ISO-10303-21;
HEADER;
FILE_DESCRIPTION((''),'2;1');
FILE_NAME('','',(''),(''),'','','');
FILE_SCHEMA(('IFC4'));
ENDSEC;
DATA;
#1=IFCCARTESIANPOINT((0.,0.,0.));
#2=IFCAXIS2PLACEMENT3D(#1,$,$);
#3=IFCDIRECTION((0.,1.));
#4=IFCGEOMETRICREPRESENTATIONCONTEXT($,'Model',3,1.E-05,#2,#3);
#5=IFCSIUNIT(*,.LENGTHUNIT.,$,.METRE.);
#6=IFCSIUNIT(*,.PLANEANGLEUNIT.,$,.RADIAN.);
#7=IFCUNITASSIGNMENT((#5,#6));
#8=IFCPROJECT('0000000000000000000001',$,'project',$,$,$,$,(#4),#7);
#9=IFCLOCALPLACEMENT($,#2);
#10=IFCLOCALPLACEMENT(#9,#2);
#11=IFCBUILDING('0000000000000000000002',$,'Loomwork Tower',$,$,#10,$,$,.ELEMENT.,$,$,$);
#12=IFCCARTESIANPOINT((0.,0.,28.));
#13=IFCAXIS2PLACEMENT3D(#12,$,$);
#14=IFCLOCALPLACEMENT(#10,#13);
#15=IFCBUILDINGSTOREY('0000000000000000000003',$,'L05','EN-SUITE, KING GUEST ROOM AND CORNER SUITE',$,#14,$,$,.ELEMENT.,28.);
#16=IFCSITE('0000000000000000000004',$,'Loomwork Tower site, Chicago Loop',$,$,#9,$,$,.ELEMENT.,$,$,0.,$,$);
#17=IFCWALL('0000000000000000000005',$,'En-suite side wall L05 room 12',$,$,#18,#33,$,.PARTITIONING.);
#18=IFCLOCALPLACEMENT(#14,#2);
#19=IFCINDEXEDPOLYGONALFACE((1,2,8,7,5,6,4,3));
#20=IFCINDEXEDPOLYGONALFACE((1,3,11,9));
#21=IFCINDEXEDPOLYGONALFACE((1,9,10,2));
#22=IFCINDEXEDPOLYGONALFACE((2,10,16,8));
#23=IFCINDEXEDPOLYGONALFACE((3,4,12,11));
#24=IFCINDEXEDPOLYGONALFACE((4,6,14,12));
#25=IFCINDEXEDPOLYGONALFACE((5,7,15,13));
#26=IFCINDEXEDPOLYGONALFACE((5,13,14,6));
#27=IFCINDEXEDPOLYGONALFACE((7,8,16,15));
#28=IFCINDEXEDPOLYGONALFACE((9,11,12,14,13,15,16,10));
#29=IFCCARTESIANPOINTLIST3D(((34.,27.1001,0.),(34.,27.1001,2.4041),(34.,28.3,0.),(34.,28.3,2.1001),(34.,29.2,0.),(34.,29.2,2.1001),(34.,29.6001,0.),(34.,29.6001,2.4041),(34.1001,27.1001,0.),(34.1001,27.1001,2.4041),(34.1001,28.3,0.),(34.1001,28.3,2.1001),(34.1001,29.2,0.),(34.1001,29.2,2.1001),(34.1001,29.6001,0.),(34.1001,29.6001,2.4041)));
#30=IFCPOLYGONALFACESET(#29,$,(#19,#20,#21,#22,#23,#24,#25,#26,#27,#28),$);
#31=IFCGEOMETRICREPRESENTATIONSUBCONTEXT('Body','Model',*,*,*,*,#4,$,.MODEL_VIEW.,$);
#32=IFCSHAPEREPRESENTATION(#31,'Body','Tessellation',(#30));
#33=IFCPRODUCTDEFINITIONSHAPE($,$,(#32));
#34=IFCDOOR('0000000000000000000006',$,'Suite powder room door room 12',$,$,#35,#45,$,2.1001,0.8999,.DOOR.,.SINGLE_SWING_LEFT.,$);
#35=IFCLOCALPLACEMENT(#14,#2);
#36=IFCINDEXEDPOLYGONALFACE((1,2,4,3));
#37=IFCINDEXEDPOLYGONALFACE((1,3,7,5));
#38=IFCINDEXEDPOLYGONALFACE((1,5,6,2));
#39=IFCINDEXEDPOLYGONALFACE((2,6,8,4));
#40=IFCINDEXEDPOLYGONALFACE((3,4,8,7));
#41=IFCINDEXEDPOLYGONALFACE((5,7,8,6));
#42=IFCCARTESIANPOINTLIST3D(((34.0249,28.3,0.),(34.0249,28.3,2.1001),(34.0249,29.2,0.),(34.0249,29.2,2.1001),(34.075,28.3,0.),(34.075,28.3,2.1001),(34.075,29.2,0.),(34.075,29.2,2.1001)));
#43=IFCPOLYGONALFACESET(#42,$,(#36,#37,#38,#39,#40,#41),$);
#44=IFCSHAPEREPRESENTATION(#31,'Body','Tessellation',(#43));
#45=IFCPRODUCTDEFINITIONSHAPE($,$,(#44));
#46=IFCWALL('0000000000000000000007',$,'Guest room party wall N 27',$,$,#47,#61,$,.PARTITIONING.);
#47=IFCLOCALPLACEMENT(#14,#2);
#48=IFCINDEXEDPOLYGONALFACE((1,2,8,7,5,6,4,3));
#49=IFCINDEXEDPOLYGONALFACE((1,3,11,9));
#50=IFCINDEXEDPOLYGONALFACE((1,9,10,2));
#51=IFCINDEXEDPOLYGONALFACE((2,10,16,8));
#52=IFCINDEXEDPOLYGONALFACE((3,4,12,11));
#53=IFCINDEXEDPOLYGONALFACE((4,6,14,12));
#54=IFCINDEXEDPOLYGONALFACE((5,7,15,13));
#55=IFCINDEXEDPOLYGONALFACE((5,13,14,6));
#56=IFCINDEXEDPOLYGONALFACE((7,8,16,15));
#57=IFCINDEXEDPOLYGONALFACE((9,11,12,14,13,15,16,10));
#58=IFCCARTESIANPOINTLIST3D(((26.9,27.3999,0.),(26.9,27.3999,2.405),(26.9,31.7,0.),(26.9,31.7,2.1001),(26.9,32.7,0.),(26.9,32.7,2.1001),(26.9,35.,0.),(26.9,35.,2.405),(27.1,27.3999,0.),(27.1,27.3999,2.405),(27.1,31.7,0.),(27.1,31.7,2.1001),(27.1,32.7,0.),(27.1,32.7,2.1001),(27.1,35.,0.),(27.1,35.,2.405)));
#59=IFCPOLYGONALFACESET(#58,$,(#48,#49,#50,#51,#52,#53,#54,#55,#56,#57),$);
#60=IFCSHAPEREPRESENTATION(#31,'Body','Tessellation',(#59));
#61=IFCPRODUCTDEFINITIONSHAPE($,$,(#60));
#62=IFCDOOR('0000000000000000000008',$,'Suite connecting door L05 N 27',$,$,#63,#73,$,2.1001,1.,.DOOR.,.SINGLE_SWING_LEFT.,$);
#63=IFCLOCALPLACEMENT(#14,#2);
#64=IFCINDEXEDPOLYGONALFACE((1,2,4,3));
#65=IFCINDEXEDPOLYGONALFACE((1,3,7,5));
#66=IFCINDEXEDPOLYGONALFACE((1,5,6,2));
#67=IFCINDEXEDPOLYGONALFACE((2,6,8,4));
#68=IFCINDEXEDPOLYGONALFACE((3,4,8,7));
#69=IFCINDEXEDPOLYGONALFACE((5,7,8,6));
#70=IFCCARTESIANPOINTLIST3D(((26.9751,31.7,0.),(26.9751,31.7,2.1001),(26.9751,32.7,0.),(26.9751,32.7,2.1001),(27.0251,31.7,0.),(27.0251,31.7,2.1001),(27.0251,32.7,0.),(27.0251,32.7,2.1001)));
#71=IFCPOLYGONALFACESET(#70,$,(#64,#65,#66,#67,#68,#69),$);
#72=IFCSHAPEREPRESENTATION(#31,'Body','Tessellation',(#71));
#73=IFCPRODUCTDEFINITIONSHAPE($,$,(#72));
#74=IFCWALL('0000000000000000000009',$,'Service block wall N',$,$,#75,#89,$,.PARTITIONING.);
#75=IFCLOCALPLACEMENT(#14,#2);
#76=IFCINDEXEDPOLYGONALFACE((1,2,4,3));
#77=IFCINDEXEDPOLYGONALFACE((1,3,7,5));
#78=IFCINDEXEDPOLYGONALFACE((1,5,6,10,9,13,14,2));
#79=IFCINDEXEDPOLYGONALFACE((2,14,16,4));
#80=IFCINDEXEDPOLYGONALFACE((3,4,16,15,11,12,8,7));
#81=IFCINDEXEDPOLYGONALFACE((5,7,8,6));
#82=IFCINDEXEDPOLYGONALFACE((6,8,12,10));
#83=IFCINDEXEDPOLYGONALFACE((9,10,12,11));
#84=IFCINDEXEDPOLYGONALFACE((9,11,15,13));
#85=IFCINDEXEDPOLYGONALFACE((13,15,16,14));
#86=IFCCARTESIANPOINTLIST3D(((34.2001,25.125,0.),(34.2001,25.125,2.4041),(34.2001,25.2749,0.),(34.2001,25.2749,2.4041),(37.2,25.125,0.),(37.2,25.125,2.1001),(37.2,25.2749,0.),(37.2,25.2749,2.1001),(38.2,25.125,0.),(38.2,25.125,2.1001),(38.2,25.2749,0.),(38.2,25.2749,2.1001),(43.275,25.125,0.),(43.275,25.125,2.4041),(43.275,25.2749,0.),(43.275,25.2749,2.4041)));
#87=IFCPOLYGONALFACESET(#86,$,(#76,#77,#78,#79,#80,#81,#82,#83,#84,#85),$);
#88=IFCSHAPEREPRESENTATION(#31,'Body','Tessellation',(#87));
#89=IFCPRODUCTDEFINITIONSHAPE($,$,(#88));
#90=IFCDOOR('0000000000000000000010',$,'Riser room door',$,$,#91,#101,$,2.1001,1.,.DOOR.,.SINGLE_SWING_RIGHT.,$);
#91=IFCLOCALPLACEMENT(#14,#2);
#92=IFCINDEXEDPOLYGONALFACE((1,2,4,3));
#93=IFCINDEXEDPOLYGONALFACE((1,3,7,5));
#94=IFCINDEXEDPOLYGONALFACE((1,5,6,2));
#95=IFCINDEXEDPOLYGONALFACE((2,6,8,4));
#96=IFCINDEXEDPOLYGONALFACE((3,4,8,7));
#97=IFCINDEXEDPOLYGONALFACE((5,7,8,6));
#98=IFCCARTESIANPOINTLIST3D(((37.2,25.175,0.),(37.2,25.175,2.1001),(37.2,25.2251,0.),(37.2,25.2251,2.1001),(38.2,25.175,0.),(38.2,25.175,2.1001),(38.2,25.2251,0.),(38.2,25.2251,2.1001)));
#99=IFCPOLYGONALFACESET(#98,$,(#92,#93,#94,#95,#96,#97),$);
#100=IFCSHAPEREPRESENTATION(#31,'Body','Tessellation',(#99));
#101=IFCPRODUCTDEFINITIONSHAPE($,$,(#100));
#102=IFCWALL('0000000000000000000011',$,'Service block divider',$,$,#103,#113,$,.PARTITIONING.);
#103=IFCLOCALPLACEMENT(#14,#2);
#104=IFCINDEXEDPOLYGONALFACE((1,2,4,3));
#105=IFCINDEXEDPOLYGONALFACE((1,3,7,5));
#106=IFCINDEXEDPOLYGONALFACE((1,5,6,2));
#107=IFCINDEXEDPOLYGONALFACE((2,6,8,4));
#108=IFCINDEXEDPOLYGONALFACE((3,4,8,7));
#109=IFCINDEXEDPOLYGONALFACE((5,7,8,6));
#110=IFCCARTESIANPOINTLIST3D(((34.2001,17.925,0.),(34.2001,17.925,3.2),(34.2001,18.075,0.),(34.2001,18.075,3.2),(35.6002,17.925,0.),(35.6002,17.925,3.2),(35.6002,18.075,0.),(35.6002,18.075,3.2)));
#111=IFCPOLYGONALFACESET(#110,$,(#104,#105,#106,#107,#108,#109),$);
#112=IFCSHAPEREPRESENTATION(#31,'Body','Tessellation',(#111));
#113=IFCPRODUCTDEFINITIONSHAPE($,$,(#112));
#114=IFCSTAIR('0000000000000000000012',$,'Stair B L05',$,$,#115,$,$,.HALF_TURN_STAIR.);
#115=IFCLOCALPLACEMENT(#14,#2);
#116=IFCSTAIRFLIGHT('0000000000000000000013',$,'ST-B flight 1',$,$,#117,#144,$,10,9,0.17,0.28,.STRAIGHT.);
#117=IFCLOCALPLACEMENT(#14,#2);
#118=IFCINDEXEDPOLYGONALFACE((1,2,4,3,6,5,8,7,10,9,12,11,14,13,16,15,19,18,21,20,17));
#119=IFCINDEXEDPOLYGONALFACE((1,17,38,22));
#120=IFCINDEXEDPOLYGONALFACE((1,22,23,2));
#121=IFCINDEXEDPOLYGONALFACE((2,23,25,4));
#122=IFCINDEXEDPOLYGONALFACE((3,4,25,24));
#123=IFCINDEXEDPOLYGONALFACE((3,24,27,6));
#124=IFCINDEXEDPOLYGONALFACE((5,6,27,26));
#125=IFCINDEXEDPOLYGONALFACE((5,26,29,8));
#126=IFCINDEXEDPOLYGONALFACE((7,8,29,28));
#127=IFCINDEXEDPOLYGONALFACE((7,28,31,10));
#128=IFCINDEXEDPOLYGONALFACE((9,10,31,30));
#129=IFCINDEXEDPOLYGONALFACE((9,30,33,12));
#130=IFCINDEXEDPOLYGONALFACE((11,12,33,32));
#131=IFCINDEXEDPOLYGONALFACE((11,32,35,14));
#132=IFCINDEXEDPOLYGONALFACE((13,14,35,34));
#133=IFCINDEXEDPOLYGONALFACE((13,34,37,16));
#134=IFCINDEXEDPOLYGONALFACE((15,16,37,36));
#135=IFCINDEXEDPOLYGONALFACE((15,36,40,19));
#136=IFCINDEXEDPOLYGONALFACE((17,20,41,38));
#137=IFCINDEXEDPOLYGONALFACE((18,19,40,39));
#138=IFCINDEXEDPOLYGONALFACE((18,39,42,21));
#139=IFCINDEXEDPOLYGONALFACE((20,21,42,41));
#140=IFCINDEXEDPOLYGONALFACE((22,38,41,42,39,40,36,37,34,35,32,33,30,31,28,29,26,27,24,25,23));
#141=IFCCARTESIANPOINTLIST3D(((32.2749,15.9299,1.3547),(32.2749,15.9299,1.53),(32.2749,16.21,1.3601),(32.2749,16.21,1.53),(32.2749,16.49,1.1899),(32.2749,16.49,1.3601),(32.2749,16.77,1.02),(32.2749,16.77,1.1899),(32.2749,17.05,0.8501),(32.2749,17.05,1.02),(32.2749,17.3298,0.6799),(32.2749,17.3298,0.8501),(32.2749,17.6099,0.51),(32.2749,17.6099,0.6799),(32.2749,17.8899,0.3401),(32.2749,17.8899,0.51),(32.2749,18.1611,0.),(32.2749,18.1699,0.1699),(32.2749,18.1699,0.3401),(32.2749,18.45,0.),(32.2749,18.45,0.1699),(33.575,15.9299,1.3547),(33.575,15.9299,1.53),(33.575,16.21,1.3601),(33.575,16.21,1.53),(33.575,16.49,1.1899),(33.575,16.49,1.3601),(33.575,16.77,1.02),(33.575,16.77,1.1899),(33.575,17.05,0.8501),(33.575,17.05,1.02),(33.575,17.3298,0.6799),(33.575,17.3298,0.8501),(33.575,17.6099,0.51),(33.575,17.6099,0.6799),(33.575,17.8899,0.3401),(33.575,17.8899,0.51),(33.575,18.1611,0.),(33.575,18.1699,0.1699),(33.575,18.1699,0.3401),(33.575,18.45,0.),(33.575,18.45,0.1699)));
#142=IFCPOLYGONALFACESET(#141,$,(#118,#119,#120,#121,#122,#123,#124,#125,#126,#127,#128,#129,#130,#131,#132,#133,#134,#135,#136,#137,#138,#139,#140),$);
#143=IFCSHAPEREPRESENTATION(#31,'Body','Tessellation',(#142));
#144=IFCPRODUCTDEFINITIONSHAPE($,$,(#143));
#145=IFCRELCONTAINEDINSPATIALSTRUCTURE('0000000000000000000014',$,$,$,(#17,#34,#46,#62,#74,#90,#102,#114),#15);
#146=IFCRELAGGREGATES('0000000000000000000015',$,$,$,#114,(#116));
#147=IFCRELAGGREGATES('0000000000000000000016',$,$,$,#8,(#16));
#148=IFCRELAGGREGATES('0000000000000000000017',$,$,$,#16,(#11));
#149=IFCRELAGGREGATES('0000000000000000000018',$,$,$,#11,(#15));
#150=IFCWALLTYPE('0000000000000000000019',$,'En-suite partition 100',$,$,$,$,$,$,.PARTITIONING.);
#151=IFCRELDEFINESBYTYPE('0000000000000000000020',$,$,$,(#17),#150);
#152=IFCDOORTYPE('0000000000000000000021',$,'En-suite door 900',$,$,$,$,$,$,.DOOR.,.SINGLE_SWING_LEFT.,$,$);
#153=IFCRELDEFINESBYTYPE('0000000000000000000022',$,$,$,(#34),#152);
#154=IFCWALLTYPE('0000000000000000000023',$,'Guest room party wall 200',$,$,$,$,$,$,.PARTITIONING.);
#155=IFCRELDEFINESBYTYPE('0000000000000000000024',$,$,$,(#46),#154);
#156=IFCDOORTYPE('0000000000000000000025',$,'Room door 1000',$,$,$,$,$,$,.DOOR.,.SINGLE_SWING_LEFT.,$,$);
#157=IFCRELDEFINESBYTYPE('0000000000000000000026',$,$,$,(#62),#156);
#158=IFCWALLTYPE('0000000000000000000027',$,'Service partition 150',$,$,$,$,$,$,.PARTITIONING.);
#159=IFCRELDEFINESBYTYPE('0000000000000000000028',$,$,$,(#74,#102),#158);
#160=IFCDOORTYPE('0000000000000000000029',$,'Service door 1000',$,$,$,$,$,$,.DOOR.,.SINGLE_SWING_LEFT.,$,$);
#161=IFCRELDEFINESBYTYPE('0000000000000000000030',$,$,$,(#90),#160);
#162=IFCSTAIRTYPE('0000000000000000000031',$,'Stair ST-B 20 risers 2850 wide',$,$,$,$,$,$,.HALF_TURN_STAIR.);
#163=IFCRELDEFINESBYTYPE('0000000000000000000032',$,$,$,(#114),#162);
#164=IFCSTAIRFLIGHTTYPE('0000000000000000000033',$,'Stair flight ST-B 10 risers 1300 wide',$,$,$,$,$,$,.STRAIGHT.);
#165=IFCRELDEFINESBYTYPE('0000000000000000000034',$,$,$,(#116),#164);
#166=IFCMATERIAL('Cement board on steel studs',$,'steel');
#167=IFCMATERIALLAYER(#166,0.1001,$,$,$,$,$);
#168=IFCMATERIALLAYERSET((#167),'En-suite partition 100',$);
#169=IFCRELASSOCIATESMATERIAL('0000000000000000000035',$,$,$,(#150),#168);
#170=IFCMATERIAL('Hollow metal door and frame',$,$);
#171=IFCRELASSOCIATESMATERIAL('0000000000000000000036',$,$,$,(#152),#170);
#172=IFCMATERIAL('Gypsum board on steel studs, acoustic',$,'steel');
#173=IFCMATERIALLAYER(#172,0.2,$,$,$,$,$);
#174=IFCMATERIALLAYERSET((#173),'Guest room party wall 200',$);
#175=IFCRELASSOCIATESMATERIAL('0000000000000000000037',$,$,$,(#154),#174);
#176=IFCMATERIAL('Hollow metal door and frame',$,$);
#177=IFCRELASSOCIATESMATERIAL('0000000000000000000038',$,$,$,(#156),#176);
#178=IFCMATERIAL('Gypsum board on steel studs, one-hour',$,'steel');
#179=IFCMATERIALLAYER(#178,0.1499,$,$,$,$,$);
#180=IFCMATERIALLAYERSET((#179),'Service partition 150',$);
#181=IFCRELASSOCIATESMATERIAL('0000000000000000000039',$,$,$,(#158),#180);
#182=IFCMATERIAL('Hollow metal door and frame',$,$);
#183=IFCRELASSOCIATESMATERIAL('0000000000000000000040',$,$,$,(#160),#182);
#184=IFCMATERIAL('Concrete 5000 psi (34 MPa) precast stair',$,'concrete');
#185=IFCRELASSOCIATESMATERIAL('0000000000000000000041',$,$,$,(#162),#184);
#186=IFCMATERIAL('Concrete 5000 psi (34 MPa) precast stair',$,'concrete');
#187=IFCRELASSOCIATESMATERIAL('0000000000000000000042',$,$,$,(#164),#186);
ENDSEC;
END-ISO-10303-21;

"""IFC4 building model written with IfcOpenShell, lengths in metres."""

from ifc_helpers import new_model, si_unit, direction, frame, frame_2d, origin, place, context, subcontext, project, spatial, polyline, rectangle, outline, extrude, material, layer, layer_set, type_object, element, fill, aggregate, save


model = new_model("IFC4")

# Units and contexts
model_context = context("Model", 3, precision=1e-05, world=origin(), true_north=direction((0.0, 1.0)))
body_context = subcontext(model_context, "Body", "Model", "MODEL_VIEW")
ifc_project = project(units=[si_unit("LENGTHUNIT", "METRE"), si_unit("PLANEANGLEUNIT", "RADIAN")], contexts=[model_context])

# Site, building, storey
site_placement = place(None, origin())
site = spatial("IfcSite", under=ifc_project, at=site_placement, Name="Loomwork Tower site, Chicago Loop", CompositionType="ELEMENT", RefElevation=0.0)
building_placement = place(site_placement, origin())
building = spatial("IfcBuilding", under=site, at=building_placement, Name="Loomwork Tower", CompositionType="ELEMENT")
storey_placement = place(building_placement, frame((0.0, 0.0, 28.0)))
storey = spatial("IfcBuildingStorey", under=building, at=storey_placement, Name="L05", Description="EN-SUITE, KING GUEST ROOM AND CORNER SUITE", CompositionType="ELEMENT", Elevation=28.0)

# Walls, openings, doors
ifc_material_1 = material(Name="Cement board on steel studs", Category="steel")
ifc_layer_1 = layer(ifc_material_1, 0.1001)
ifc_layer_set_1 = layer_set([ifc_layer_1], Name="En-suite partition 100")
wall_type_1 = type_object("IfcWallType", Name="En-suite partition 100", PredefinedType="PARTITIONING", material=ifc_layer_set_1)
wall_1_placement = place(storey_placement, frame((34.05, 27.1001, 0.0), z_axis=(0.0, 0.0, 1.0), x_axis=(0.0, 1.0, 0.0)))
wall_1 = element("IfcWall", 1, at=wall_1_placement, inside=storey, type_object=wall_type_1, Name="En-suite side wall L05 room 12", PredefinedType="PARTITIONING", context=body_context, shape_type="SweptSolid", body=[
    extrude(rectangle(XDim=2.5, YDim=0.1001, at=frame_2d((1.25, 0.0))), origin(), (0.0, 0.0, 1.0), 2.4041),
])
opening_1_placement = place(wall_1_placement, frame((1.2, 0.0, 0.0)))
opening_1 = element("IfcOpeningElement", 2, at=opening_1_placement, cuts=wall_1, PredefinedType="OPENING", context=body_context, shape_type="SweptSolid", body=[
    extrude(rectangle(XDim=0.8999, YDim=2.1001, at=frame_2d((0.45, 1.05))), frame((0.0, 0.0601, 0.0), z_axis=(0.0, -1.0, 0.0), x_axis=(1.0, 0.0, 0.0)), (0.0, 0.0, 1.0), 0.1201),
])
ifc_material_2 = material(Name="Hollow metal door and frame")
door_type_1 = type_object("IfcDoorType", Name="En-suite door 900", OperationType="SINGLE_SWING_LEFT", PredefinedType="DOOR", material=ifc_material_2)
door_1_placement = place(opening_1_placement, frame((0.8999, 0.0, 0.0), z_axis=(0.0, 0.0, 1.0), x_axis=(-1.0, 0.0, 0.0)))
door_1 = element("IfcDoor", 3, at=door_1_placement, inside=storey, type_object=door_type_1, Name="Suite powder room door room 12", OperationType="SINGLE_SWING_LEFT", OverallHeight=2.1001, OverallWidth=0.8999, PredefinedType="DOOR", context=body_context, shape_type="SweptSolid", body=[
    extrude(rectangle(XDim=0.8999, YDim=2.1001, at=frame_2d((0.45, 1.05))), frame((0.0, 0.0249, 0.0), z_axis=(0.0, -1.0, 0.0), x_axis=(1.0, 0.0, 0.0)), (0.0, 0.0, 1.0), 0.05),
])
fill(opening_1, door_1)
ifc_material_3 = material(Name="Gypsum board on steel studs, acoustic", Category="steel")
ifc_layer_2 = layer(ifc_material_3, 0.2)
ifc_layer_set_2 = layer_set([ifc_layer_2], Name="Guest room party wall 200")
wall_type_2 = type_object("IfcWallType", Name="Guest room party wall 200", PredefinedType="PARTITIONING", material=ifc_layer_set_2)
wall_2_placement = place(storey_placement, frame((27.0, 27.3999, 0.0), z_axis=(0.0, 0.0, 1.0), x_axis=(0.0, 1.0, 0.0)))
wall_2 = element("IfcWall", 4, at=wall_2_placement, inside=storey, type_object=wall_type_2, Name="Guest room party wall N 27", PredefinedType="PARTITIONING", context=body_context, shape_type="SweptSolid", body=[
    extrude(rectangle(XDim=7.6001, YDim=0.2, at=frame_2d((3.8, 0.0))), origin(), (0.0, 0.0, 1.0), 2.405),
])
opening_2_placement = place(wall_2_placement, frame((4.3, 0.0, 0.0)))
opening_2 = element("IfcOpeningElement", 5, at=opening_2_placement, cuts=wall_2, PredefinedType="OPENING", context=body_context, shape_type="SweptSolid", body=[
    extrude(rectangle(XDim=1.0, YDim=2.1001, at=frame_2d((0.5, 1.05))), frame((0.0, 0.1099, 0.0), z_axis=(0.0, -1.0, 0.0), x_axis=(1.0, 0.0, 0.0)), (0.0, 0.0, 1.0), 0.22),
])
ifc_material_4 = material(Name="Hollow metal door and frame")
door_type_2 = type_object("IfcDoorType", Name="Room door 1000", OperationType="SINGLE_SWING_LEFT", PredefinedType="DOOR", material=ifc_material_4)
door_2_placement = place(opening_2_placement, origin())
door_2 = element("IfcDoor", 6, at=door_2_placement, inside=storey, type_object=door_type_2, Name="Suite connecting door L05 N 27", OperationType="SINGLE_SWING_LEFT", OverallHeight=2.1001, OverallWidth=1.0, PredefinedType="DOOR", context=body_context, shape_type="SweptSolid", body=[
    extrude(rectangle(XDim=1.0, YDim=2.1001, at=frame_2d((0.5, 1.05))), frame((0.0, 0.0249, 0.0), z_axis=(0.0, -1.0, 0.0), x_axis=(1.0, 0.0, 0.0)), (0.0, 0.0, 1.0), 0.05),
])
fill(opening_2, door_2)
ifc_material_5 = material(Name="Gypsum board on steel studs, one-hour", Category="steel")
ifc_layer_3 = layer(ifc_material_5, 0.1499)
ifc_layer_set_3 = layer_set([ifc_layer_3], Name="Service partition 150")
wall_type_3 = type_object("IfcWallType", Name="Service partition 150", PredefinedType="PARTITIONING", material=ifc_layer_set_3)
wall_3_placement = place(storey_placement, frame((34.2, 25.2, 0.0), z_axis=(0.0, 0.0, 1.0), x_axis=(1.0, 0.0, 0.0)))
wall_3 = element("IfcWall", 7, at=wall_3_placement, inside=storey, type_object=wall_type_3, Name="Service block wall N", PredefinedType="PARTITIONING", context=body_context, shape_type="SweptSolid", body=[
    extrude(rectangle(XDim=9.075, YDim=0.1499, at=frame_2d((4.5376, 0.0))), origin(), (0.0, 0.0, 1.0), 2.4041),
])
opening_3_placement = place(wall_3_placement, frame((3.0, 0.0, 0.0)))
opening_3 = element("IfcOpeningElement", 8, at=opening_3_placement, cuts=wall_3, PredefinedType="OPENING", context=body_context, shape_type="SweptSolid", body=[
    extrude(rectangle(XDim=1.0, YDim=2.1001, at=frame_2d((0.5, 1.05))), frame((0.0, 0.085, 0.0), z_axis=(0.0, -1.0, 0.0), x_axis=(1.0, 0.0, 0.0)), (0.0, 0.0, 1.0), 0.1699),
])
ifc_material_6 = material(Name="Hollow metal door and frame")
door_type_3 = type_object("IfcDoorType", Name="Service door 1000", OperationType="SINGLE_SWING_LEFT", PredefinedType="DOOR", material=ifc_material_6)
door_3_placement = place(opening_3_placement, frame((1.0, 0.0, 0.0), z_axis=(0.0, 0.0, 1.0), x_axis=(-1.0, 0.0, 0.0)))
door_3 = element("IfcDoor", 9, at=door_3_placement, inside=storey, type_object=door_type_3, Name="Riser room door", OperationType="SINGLE_SWING_RIGHT", OverallHeight=2.1001, OverallWidth=1.0, PredefinedType="DOOR", context=body_context, shape_type="SweptSolid", body=[
    extrude(rectangle(XDim=1.0, YDim=2.1001, at=frame_2d((0.5, 1.05))), frame((0.0, 0.0249, 0.0), z_axis=(0.0, -1.0, 0.0), x_axis=(1.0, 0.0, 0.0)), (0.0, 0.0, 1.0), 0.05),
])
fill(opening_3, door_3)

# Wall
wall_4_placement = place(storey_placement, frame((34.2, 18.0, 0.0), z_axis=(0.0, 0.0, 1.0), x_axis=(1.0, 0.0, 0.0)))
element("IfcWall", 10, at=wall_4_placement, inside=storey, type_object=wall_type_3, Name="Service block divider", PredefinedType="PARTITIONING", context=body_context, shape_type="SweptSolid", body=[
    extrude(rectangle(XDim=1.4001, YDim=0.1499, at=frame_2d((0.7002, 0.0))), origin(), (0.0, 0.0, 1.0), 3.2),
])

# Stair, stair flight
ifc_material_7 = material(Name="Concrete 5000 psi (34 MPa) precast stair", Category="concrete")
stair_type = type_object("IfcStairType", Name="Stair ST-B 20 risers 2850 wide", PredefinedType="HALF_TURN_STAIR", material=ifc_material_7)
stair_placement = place(storey_placement, origin())
stair = element("IfcStair", 11, at=stair_placement, inside=storey, type_object=stair_type, Name="Stair B L05", PredefinedType="HALF_TURN_STAIR")
ifc_material_8 = material(Name="Concrete 5000 psi (34 MPa) precast stair", Category="concrete")
stair_flight_type = type_object("IfcStairFlightType", Name="Stair flight ST-B 10 risers 1300 wide", PredefinedType="STRAIGHT", material=ifc_material_8)
stair_flight_placement = place(storey_placement, frame((32.925, 18.45, 0.0), z_axis=(0.0, 0.0, 1.0), x_axis=(0.0, -1.0, 0.0)))
stair_flight = element("IfcStairFlight", 12, at=stair_flight_placement, type_object=stair_flight_type, Name="ST-B flight 1", NumberOfRisers=10, NumberOfTreads=9, PredefinedType="STRAIGHT", RiserHeight=0.17, TreadLength=0.28, context=body_context, shape_type="SweptSolid", body=[
    extrude(outline(polyline([(0.0, 0.0), (0.0, 0.1699), (0.28, 0.1699), (0.28, 0.3401), (0.5601, 0.3401), (0.5601, 0.51), (0.8401, 0.51), (0.8401, 0.6799), (1.1201, 0.6799), (1.1201, 0.8501), (1.3999, 0.8501), (1.3999, 1.02), (1.6799, 1.02), (1.6799, 1.1899), (1.96, 1.1899), (1.96, 1.3601), (2.24, 1.3601), (2.24, 1.53), (2.52, 1.53), (2.52, 1.7), (2.52, 1.3547), (0.2888, 0.0), (0.0, 0.0)])), frame((0.0, 0.6499, 0.0), z_axis=(0.0, -1.0, 0.0), x_axis=(1.0, 0.0, 0.0)), (0.0, 0.0, 1.0), 1.3),
])
aggregate(stair, [stair_flight])

save(model, "model.ifc")
